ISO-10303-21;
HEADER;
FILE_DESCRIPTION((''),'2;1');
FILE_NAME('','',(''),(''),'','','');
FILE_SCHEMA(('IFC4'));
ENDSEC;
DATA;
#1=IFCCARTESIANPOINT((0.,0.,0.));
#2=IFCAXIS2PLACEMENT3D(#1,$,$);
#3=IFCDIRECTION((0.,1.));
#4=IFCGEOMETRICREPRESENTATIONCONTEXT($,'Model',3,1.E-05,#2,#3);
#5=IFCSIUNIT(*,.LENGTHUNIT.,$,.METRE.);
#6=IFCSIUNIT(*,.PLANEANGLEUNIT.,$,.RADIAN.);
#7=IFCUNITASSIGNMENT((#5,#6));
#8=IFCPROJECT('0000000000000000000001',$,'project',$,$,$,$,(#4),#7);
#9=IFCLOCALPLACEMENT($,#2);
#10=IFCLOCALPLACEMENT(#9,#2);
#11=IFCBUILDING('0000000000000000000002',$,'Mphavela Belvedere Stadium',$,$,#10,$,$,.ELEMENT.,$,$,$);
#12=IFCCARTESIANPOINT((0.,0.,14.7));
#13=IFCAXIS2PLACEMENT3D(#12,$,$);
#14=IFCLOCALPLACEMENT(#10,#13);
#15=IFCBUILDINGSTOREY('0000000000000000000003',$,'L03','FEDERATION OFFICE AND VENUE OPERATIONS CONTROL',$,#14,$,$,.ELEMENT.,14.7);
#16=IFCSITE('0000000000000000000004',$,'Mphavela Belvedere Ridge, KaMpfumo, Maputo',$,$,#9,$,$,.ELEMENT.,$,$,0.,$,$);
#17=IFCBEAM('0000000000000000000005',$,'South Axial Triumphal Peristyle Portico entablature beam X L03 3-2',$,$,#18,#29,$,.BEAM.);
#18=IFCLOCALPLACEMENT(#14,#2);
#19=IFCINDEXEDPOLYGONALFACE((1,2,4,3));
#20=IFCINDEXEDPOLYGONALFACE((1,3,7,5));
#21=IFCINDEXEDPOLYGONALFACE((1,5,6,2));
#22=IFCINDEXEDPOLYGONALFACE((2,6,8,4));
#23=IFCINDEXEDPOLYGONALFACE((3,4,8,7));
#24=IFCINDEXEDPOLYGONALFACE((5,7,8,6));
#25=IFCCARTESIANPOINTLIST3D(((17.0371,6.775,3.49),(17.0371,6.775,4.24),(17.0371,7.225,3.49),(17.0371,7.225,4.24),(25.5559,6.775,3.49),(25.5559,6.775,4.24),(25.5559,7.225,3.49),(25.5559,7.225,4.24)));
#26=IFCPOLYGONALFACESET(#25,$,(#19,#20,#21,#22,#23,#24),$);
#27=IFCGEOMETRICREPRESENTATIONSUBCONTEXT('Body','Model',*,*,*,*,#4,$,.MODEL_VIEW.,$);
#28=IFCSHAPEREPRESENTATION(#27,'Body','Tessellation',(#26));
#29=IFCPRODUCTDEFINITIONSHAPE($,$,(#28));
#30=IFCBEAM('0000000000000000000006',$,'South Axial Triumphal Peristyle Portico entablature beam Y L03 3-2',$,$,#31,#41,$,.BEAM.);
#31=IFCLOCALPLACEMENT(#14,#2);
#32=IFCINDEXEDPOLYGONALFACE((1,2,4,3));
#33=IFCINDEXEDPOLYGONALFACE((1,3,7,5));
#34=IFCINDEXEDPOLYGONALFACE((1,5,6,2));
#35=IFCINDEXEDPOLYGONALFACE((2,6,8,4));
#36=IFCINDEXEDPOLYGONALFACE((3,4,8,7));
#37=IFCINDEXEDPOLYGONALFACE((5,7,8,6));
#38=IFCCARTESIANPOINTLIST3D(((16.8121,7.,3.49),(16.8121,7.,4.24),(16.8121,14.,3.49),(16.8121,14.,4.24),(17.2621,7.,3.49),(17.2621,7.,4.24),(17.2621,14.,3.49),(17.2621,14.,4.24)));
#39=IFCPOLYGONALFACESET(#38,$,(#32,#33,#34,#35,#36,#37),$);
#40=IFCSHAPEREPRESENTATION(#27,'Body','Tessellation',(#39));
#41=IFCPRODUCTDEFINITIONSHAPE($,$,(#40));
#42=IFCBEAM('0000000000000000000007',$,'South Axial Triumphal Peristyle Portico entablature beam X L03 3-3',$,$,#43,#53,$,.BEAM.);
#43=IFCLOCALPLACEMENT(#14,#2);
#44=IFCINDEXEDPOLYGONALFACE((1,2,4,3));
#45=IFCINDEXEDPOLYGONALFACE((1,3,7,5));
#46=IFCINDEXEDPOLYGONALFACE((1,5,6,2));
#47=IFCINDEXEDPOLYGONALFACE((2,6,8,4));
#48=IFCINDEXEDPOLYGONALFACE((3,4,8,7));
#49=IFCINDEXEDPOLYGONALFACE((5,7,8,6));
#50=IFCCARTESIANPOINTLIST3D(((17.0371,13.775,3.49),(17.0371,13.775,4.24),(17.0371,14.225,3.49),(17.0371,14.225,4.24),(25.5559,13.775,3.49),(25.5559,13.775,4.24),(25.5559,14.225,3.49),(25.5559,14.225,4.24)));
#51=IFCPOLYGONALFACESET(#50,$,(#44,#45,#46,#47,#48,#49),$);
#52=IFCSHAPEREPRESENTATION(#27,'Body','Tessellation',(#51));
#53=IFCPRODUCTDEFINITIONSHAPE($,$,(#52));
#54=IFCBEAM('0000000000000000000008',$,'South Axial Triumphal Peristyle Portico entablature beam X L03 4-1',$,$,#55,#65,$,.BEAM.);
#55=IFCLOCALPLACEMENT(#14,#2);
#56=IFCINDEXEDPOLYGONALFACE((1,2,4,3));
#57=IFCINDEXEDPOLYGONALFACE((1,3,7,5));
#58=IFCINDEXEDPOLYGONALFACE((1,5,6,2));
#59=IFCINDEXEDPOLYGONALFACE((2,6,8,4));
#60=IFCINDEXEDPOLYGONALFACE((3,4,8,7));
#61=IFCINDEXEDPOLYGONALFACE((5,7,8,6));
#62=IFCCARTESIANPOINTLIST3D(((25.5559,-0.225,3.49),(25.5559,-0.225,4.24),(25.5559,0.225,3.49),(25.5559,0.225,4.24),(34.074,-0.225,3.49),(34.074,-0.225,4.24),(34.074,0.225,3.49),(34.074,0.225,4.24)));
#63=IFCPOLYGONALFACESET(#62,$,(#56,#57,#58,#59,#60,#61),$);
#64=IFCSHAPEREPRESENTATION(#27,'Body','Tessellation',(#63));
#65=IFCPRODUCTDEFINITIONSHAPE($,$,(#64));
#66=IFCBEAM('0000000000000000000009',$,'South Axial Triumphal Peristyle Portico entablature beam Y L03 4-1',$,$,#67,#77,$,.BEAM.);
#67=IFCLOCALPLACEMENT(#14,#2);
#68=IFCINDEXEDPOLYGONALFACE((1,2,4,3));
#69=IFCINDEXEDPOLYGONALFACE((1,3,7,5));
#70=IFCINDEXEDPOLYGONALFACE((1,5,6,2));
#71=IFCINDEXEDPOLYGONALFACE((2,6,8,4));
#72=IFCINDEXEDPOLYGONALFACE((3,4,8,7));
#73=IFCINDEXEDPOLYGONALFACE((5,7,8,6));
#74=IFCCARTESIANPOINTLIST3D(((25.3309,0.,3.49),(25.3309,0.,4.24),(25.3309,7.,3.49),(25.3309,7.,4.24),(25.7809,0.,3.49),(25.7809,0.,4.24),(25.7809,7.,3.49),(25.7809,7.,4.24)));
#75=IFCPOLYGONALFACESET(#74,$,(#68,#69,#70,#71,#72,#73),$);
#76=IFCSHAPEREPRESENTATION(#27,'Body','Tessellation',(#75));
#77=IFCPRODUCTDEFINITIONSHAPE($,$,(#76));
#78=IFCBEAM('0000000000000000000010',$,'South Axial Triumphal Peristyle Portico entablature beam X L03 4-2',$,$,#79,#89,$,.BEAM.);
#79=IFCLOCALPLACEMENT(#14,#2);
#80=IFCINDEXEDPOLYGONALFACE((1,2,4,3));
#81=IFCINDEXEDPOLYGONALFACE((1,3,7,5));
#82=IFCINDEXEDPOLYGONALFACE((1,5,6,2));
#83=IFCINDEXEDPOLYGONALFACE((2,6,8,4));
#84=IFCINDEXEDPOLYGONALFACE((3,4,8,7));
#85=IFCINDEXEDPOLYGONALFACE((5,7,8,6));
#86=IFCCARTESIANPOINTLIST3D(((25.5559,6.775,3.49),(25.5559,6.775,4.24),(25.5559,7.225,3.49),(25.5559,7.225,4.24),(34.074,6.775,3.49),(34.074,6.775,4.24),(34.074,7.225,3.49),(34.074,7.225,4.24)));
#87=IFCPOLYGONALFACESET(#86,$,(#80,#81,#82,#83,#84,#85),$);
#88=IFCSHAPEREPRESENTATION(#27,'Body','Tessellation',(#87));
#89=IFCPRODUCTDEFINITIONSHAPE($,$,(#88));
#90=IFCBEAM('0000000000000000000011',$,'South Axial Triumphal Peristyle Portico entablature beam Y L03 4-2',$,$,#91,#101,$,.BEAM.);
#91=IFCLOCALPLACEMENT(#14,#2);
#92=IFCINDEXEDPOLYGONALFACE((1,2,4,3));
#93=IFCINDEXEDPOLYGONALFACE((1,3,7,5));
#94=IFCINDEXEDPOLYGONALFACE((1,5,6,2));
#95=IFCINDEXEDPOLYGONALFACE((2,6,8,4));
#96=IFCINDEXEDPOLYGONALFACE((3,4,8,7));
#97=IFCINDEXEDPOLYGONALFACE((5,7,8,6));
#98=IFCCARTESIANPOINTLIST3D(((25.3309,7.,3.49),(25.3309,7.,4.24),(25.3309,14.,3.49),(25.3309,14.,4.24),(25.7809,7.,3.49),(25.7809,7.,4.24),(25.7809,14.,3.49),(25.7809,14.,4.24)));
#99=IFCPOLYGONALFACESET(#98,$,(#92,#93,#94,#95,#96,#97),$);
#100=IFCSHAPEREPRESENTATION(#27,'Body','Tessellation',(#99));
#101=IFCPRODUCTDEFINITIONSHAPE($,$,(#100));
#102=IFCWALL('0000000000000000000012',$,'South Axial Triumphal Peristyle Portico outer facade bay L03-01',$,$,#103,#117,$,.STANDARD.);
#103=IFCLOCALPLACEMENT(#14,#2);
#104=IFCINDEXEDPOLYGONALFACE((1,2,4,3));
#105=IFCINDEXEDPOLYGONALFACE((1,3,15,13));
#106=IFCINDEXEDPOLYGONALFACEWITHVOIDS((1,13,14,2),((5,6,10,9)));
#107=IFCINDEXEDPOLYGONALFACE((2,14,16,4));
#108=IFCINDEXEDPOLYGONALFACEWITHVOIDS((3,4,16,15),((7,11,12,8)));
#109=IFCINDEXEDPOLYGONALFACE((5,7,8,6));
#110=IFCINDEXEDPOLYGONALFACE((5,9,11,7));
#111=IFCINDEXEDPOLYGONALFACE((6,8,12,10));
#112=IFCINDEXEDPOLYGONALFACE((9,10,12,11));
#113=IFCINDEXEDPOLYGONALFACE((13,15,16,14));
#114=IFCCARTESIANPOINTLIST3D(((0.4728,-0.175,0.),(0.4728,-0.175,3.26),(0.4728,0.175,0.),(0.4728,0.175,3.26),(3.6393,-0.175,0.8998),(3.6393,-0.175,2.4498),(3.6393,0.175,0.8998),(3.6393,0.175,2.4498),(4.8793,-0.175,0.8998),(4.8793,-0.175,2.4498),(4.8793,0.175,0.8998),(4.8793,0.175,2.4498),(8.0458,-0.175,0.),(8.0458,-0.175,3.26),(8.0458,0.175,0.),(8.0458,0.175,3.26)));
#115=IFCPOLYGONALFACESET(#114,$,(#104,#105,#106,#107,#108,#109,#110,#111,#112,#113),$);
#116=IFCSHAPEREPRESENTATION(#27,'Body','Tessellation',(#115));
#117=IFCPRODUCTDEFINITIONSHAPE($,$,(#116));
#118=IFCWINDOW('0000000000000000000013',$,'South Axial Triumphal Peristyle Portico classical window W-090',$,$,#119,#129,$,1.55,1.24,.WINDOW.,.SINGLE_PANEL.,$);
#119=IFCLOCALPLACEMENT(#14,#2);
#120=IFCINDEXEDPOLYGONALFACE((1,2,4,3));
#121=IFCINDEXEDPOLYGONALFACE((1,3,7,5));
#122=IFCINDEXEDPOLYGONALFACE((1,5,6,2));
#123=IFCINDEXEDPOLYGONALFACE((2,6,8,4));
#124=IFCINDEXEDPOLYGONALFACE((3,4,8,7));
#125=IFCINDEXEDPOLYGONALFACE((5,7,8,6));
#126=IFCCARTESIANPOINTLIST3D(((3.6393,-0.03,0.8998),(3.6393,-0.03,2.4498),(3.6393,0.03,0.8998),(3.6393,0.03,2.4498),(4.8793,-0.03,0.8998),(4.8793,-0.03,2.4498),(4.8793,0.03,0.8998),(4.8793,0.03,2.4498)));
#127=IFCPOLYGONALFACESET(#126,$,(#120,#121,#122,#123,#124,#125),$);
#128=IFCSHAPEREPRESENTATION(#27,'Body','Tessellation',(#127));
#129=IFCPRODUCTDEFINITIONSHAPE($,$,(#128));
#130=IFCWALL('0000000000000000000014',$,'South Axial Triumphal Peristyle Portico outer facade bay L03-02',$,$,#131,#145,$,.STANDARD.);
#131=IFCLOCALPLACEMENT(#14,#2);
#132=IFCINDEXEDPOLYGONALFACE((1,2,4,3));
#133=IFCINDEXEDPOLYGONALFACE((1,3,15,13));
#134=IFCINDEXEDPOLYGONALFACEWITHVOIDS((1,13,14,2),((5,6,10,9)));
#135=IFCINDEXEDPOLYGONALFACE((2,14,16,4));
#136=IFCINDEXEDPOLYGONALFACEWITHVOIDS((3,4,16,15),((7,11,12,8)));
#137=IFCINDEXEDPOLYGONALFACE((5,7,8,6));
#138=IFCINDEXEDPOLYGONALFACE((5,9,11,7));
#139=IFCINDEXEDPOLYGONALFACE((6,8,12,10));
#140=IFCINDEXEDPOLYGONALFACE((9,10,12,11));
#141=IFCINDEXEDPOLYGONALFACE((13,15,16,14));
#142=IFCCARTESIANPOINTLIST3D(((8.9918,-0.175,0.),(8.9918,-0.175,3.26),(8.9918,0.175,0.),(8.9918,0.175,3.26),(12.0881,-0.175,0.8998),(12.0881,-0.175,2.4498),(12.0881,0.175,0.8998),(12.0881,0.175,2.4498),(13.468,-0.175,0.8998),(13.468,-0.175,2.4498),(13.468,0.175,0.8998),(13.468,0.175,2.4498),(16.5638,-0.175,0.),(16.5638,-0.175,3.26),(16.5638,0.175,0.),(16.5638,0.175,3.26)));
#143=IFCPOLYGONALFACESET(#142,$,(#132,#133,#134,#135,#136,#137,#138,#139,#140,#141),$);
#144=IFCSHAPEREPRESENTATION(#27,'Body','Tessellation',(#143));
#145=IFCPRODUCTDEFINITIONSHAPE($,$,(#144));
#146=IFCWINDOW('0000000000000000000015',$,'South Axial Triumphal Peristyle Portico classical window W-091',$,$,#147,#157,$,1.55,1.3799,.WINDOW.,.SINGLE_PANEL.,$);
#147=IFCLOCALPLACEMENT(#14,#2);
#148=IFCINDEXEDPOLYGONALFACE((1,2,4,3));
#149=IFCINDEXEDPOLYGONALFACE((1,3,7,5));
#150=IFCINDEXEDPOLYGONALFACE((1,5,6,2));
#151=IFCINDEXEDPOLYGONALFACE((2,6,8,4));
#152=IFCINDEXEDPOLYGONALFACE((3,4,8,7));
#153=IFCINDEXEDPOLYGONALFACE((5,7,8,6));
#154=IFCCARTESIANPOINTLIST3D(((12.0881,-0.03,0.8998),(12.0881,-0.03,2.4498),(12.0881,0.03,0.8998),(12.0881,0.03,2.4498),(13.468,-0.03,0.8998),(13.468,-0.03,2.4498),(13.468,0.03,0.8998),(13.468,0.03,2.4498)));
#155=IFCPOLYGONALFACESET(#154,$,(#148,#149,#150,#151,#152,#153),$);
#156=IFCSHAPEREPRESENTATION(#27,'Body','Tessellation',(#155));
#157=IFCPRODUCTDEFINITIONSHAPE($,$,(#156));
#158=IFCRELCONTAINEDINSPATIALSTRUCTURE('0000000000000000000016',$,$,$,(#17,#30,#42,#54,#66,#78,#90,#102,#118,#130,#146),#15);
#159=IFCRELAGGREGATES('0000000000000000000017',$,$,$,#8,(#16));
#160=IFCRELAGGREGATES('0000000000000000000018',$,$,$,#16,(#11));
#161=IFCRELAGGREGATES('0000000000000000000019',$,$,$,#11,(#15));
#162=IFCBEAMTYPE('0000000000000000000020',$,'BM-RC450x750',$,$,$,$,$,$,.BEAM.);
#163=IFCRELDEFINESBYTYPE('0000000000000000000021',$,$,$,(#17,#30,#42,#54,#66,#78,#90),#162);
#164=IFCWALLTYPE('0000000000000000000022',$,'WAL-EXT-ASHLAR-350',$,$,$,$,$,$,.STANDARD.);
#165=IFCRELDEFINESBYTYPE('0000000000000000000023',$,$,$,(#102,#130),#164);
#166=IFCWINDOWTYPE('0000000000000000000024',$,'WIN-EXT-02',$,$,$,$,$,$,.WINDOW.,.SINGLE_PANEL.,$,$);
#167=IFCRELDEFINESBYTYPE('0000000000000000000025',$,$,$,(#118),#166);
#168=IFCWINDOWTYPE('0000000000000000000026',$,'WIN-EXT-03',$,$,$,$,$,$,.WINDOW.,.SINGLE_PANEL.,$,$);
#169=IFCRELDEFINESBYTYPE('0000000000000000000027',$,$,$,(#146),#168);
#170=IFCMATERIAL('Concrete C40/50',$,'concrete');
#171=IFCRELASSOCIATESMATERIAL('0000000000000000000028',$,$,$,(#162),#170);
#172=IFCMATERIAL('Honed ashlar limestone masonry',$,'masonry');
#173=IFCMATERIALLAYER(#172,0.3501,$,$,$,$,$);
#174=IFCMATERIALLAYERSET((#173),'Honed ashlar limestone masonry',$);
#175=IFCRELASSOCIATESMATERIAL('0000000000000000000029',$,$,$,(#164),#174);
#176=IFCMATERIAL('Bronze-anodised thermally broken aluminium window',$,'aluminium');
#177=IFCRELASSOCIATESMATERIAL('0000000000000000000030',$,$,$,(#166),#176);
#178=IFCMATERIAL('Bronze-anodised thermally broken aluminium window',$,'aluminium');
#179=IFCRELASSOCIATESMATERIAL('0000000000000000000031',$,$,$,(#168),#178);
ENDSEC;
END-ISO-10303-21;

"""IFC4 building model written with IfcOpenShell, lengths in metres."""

from ifc_helpers import new_model, si_unit, direction, frame, frame_2d, origin, origin_2d, place, context, subcontext, project, spatial, rectangle, extrude, material, layer, layer_set, material_profile, profile_set, type_object, element, fill, save


model = new_model("IFC4")

# Units and contexts
model_context = context("Model", 3, precision=1e-05, world=origin(), true_north=direction((0.0, 1.0)))
body_context = subcontext(model_context, "Body", "Model", "MODEL_VIEW")
ifc_project = project(units=[si_unit("LENGTHUNIT", "METRE"), si_unit("PLANEANGLEUNIT", "RADIAN")], contexts=[model_context])

# Site, building, storey
site_placement = place(None, origin())
site = spatial("IfcSite", under=ifc_project, at=site_placement, Name="Mphavela Belvedere Ridge, KaMpfumo, Maputo", CompositionType="ELEMENT", RefElevation=0.0)
building_placement = place(site_placement, origin())
building = spatial("IfcBuilding", under=site, at=building_placement, Name="Mphavela Belvedere Stadium", CompositionType="ELEMENT")
storey_placement = place(building_placement, frame((0.0, 0.0, 14.7)))
storey = spatial("IfcBuildingStorey", under=building, at=storey_placement, Name="L03", Description="FEDERATION OFFICE AND VENUE OPERATIONS CONTROL", CompositionType="ELEMENT", Elevation=14.7)

# Beams
ifc_material_1 = material(Name="Concrete C40/50", Category="concrete")
ifc_material_profile_1 = material_profile(ifc_material_1, rectangle(XDim=0.45, YDim=0.75, at=origin_2d()), Name="RC 450x750")
ifc_profile_set_1 = profile_set([ifc_material_profile_1], Name="Concrete C40/50")
beam_type_1 = type_object("IfcBeamType", Name="BM-RC450x750", PredefinedType="BEAM", material=ifc_profile_set_1)
beam_1_placement = place(storey_placement, frame((17.0371, 7.0, 3.865), z_axis=(1.0, 0.0, 0.0), x_axis=(0.0, 1.0, 0.0)))
element("IfcBeam", 1, at=beam_1_placement, inside=storey, type_object=beam_type_1, Name="South Axial Triumphal Peristyle Portico entablature beam X L03 3-2", PredefinedType="BEAM", context=body_context, shape_type="SweptSolid", body=[
    extrude(rectangle(XDim=0.45, YDim=0.75, at=origin_2d()), origin(), (0.0, 0.0, 1.0), 8.5188),
])
beam_2_placement = place(storey_placement, frame((17.0371, 7.0, 3.865), z_axis=(0.0, 1.0, 0.0), x_axis=(-1.0, 0.0, 0.0)))
element("IfcBeam", 2, at=beam_2_placement, inside=storey, type_object=beam_type_1, Name="South Axial Triumphal Peristyle Portico entablature beam Y L03 3-2", PredefinedType="BEAM", context=body_context, shape_type="SweptSolid", body=[
    extrude(rectangle(XDim=0.45, YDim=0.75, at=origin_2d()), origin(), (0.0, 0.0, 1.0), 7.0),
])
beam_3_placement = place(storey_placement, frame((17.0371, 14.0, 3.865), z_axis=(1.0, 0.0, 0.0), x_axis=(0.0, 1.0, 0.0)))
element("IfcBeam", 3, at=beam_3_placement, inside=storey, type_object=beam_type_1, Name="South Axial Triumphal Peristyle Portico entablature beam X L03 3-3", PredefinedType="BEAM", context=body_context, shape_type="SweptSolid", body=[
    extrude(rectangle(XDim=0.45, YDim=0.75, at=origin_2d()), origin(), (0.0, 0.0, 1.0), 8.5188),
])
beam_4_placement = place(storey_placement, frame((25.5559, 0.0, 3.865), z_axis=(1.0, 0.0, 0.0), x_axis=(0.0, 1.0, 0.0)))
element("IfcBeam", 4, at=beam_4_placement, inside=storey, type_object=beam_type_1, Name="South Axial Triumphal Peristyle Portico entablature beam X L03 4-1", PredefinedType="BEAM", context=body_context, shape_type="SweptSolid", body=[
    extrude(rectangle(XDim=0.45, YDim=0.75, at=origin_2d()), origin(), (0.0, 0.0, 1.0), 8.5181),
])
beam_5_placement = place(storey_placement, frame((25.5559, 0.0, 3.865), z_axis=(0.0, 1.0, 0.0), x_axis=(-1.0, 0.0, 0.0)))
element("IfcBeam", 5, at=beam_5_placement, inside=storey, type_object=beam_type_1, Name="South Axial Triumphal Peristyle Portico entablature beam Y L03 4-1", PredefinedType="BEAM", context=body_context, shape_type="SweptSolid", body=[
    extrude(rectangle(XDim=0.45, YDim=0.75, at=origin_2d()), origin(), (0.0, 0.0, 1.0), 7.0),
])
beam_6_placement = place(storey_placement, frame((25.5559, 7.0, 3.865), z_axis=(1.0, 0.0, 0.0), x_axis=(0.0, 1.0, 0.0)))
element("IfcBeam", 6, at=beam_6_placement, inside=storey, type_object=beam_type_1, Name="South Axial Triumphal Peristyle Portico entablature beam X L03 4-2", PredefinedType="BEAM", context=body_context, shape_type="SweptSolid", body=[
    extrude(rectangle(XDim=0.45, YDim=0.75, at=origin_2d()), origin(), (0.0, 0.0, 1.0), 8.5181),
])
beam_7_placement = place(storey_placement, frame((25.5559, 7.0, 3.865), z_axis=(0.0, 1.0, 0.0), x_axis=(-1.0, 0.0, 0.0)))
element("IfcBeam", 7, at=beam_7_placement, inside=storey, type_object=beam_type_1, Name="South Axial Triumphal Peristyle Portico entablature beam Y L03 4-2", PredefinedType="BEAM", context=body_context, shape_type="SweptSolid", body=[
    extrude(rectangle(XDim=0.45, YDim=0.75, at=origin_2d()), origin(), (0.0, 0.0, 1.0), 7.0),
])

# Walls, openings, windows
ifc_material_2 = material(Name="Honed ashlar limestone masonry", Category="masonry")
ifc_layer_1 = layer(ifc_material_2, 0.3501)
ifc_layer_set_1 = layer_set([ifc_layer_1], Name="Honed ashlar limestone masonry")
wall_type_1 = type_object("IfcWallType", Name="WAL-EXT-ASHLAR-350", PredefinedType="STANDARD", material=ifc_layer_set_1)
wall_1_placement = place(storey_placement, frame((8.0459, 0.0, 0.0), z_axis=(0.0, 0.0, 1.0), x_axis=(-1.0, 0.0, 0.0)))
wall_1 = element("IfcWall", 8, at=wall_1_placement, inside=storey, type_object=wall_type_1, Name="South Axial Triumphal Peristyle Portico outer facade bay L03-01", PredefinedType="STANDARD", context=body_context, shape_type="SweptSolid", body=[
    extrude(rectangle(XDim=7.573, YDim=0.3501, at=frame_2d((3.7866, 0.0))), origin(), (0.0, 0.0, 1.0), 3.26),
])
opening_1_placement = place(wall_1_placement, frame((3.1665, 0.0, 0.8999)))
opening_1 = element("IfcOpeningElement", 9, at=opening_1_placement, cuts=wall_1, PredefinedType="OPENING", context=body_context, shape_type="SweptSolid", body=[
    extrude(rectangle(XDim=1.24, YDim=1.55, at=frame_2d((0.6201, 0.7749))), frame((0.0, 0.1851, 0.0), z_axis=(0.0, -1.0, 0.0), x_axis=(1.0, 0.0, 0.0)), (0.0, 0.0, 1.0), 0.3701),
])
ifc_material_3 = material(Name="Bronze-anodised thermally broken aluminium window", Category="aluminium")
window_type_1 = type_object("IfcWindowType", Name="WIN-EXT-02", PartitioningType="SINGLE_PANEL", PredefinedType="WINDOW", material=ifc_material_3)
window_1_placement = place(opening_1_placement, origin())
window_1 = element("IfcWindow", 10, at=window_1_placement, inside=storey, type_object=window_type_1, Name="South Axial Triumphal Peristyle Portico classical window W-090", OverallHeight=1.55, OverallWidth=1.24, PartitioningType="SINGLE_PANEL", PredefinedType="WINDOW", context=body_context, shape_type="SweptSolid", body=[
    extrude(rectangle(XDim=1.24, YDim=1.55, at=frame_2d((0.6201, 0.7749))), frame((0.0, 0.03, 0.0), z_axis=(0.0, -1.0, 0.0), x_axis=(1.0, 0.0, 0.0)), (0.0, 0.0, 1.0), 0.0601),
])
fill(opening_1, window_1)
wall_2_placement = place(storey_placement, frame((16.564, 0.0, 0.0), z_axis=(0.0, 0.0, 1.0), x_axis=(-1.0, 0.0, 0.0)))
wall_2 = element("IfcWall", 11, at=wall_2_placement, inside=storey, type_object=wall_type_1, Name="South Axial Triumphal Peristyle Portico outer facade bay L03-02", PredefinedType="STANDARD", context=body_context, shape_type="SweptSolid", body=[
    extrude(rectangle(XDim=7.572, YDim=0.3501, at=frame_2d((3.7861, 0.0))), origin(), (0.0, 0.0, 1.0), 3.26),
])
opening_2_placement = place(wall_2_placement, frame((3.0959, 0.0, 0.8999)))
opening_2 = element("IfcOpeningElement", 12, at=opening_2_placement, cuts=wall_2, PredefinedType="OPENING", context=body_context, shape_type="SweptSolid", body=[
    extrude(rectangle(XDim=1.3799, YDim=1.55, at=frame_2d((0.6899, 0.7749))), frame((0.0, 0.1851, 0.0), z_axis=(0.0, -1.0, 0.0), x_axis=(1.0, 0.0, 0.0)), (0.0, 0.0, 1.0), 0.3701),
])
ifc_material_4 = material(Name="Bronze-anodised thermally broken aluminium window", Category="aluminium")
window_type_2 = type_object("IfcWindowType", Name="WIN-EXT-03", PartitioningType="SINGLE_PANEL", PredefinedType="WINDOW", material=ifc_material_4)
window_2_placement = place(opening_2_placement, origin())
window_2 = element("IfcWindow", 13, at=window_2_placement, inside=storey, type_object=window_type_2, Name="South Axial Triumphal Peristyle Portico classical window W-091", OverallHeight=1.55, OverallWidth=1.3799, PartitioningType="SINGLE_PANEL", PredefinedType="WINDOW", context=body_context, shape_type="SweptSolid", body=[
    extrude(rectangle(XDim=1.3799, YDim=1.55, at=frame_2d((0.6899, 0.7749))), frame((0.0, 0.03, 0.0), z_axis=(0.0, -1.0, 0.0), x_axis=(1.0, 0.0, 0.0)), (0.0, 0.0, 1.0), 0.0601),
])
fill(opening_2, window_2)

save(model, "model.ifc")
